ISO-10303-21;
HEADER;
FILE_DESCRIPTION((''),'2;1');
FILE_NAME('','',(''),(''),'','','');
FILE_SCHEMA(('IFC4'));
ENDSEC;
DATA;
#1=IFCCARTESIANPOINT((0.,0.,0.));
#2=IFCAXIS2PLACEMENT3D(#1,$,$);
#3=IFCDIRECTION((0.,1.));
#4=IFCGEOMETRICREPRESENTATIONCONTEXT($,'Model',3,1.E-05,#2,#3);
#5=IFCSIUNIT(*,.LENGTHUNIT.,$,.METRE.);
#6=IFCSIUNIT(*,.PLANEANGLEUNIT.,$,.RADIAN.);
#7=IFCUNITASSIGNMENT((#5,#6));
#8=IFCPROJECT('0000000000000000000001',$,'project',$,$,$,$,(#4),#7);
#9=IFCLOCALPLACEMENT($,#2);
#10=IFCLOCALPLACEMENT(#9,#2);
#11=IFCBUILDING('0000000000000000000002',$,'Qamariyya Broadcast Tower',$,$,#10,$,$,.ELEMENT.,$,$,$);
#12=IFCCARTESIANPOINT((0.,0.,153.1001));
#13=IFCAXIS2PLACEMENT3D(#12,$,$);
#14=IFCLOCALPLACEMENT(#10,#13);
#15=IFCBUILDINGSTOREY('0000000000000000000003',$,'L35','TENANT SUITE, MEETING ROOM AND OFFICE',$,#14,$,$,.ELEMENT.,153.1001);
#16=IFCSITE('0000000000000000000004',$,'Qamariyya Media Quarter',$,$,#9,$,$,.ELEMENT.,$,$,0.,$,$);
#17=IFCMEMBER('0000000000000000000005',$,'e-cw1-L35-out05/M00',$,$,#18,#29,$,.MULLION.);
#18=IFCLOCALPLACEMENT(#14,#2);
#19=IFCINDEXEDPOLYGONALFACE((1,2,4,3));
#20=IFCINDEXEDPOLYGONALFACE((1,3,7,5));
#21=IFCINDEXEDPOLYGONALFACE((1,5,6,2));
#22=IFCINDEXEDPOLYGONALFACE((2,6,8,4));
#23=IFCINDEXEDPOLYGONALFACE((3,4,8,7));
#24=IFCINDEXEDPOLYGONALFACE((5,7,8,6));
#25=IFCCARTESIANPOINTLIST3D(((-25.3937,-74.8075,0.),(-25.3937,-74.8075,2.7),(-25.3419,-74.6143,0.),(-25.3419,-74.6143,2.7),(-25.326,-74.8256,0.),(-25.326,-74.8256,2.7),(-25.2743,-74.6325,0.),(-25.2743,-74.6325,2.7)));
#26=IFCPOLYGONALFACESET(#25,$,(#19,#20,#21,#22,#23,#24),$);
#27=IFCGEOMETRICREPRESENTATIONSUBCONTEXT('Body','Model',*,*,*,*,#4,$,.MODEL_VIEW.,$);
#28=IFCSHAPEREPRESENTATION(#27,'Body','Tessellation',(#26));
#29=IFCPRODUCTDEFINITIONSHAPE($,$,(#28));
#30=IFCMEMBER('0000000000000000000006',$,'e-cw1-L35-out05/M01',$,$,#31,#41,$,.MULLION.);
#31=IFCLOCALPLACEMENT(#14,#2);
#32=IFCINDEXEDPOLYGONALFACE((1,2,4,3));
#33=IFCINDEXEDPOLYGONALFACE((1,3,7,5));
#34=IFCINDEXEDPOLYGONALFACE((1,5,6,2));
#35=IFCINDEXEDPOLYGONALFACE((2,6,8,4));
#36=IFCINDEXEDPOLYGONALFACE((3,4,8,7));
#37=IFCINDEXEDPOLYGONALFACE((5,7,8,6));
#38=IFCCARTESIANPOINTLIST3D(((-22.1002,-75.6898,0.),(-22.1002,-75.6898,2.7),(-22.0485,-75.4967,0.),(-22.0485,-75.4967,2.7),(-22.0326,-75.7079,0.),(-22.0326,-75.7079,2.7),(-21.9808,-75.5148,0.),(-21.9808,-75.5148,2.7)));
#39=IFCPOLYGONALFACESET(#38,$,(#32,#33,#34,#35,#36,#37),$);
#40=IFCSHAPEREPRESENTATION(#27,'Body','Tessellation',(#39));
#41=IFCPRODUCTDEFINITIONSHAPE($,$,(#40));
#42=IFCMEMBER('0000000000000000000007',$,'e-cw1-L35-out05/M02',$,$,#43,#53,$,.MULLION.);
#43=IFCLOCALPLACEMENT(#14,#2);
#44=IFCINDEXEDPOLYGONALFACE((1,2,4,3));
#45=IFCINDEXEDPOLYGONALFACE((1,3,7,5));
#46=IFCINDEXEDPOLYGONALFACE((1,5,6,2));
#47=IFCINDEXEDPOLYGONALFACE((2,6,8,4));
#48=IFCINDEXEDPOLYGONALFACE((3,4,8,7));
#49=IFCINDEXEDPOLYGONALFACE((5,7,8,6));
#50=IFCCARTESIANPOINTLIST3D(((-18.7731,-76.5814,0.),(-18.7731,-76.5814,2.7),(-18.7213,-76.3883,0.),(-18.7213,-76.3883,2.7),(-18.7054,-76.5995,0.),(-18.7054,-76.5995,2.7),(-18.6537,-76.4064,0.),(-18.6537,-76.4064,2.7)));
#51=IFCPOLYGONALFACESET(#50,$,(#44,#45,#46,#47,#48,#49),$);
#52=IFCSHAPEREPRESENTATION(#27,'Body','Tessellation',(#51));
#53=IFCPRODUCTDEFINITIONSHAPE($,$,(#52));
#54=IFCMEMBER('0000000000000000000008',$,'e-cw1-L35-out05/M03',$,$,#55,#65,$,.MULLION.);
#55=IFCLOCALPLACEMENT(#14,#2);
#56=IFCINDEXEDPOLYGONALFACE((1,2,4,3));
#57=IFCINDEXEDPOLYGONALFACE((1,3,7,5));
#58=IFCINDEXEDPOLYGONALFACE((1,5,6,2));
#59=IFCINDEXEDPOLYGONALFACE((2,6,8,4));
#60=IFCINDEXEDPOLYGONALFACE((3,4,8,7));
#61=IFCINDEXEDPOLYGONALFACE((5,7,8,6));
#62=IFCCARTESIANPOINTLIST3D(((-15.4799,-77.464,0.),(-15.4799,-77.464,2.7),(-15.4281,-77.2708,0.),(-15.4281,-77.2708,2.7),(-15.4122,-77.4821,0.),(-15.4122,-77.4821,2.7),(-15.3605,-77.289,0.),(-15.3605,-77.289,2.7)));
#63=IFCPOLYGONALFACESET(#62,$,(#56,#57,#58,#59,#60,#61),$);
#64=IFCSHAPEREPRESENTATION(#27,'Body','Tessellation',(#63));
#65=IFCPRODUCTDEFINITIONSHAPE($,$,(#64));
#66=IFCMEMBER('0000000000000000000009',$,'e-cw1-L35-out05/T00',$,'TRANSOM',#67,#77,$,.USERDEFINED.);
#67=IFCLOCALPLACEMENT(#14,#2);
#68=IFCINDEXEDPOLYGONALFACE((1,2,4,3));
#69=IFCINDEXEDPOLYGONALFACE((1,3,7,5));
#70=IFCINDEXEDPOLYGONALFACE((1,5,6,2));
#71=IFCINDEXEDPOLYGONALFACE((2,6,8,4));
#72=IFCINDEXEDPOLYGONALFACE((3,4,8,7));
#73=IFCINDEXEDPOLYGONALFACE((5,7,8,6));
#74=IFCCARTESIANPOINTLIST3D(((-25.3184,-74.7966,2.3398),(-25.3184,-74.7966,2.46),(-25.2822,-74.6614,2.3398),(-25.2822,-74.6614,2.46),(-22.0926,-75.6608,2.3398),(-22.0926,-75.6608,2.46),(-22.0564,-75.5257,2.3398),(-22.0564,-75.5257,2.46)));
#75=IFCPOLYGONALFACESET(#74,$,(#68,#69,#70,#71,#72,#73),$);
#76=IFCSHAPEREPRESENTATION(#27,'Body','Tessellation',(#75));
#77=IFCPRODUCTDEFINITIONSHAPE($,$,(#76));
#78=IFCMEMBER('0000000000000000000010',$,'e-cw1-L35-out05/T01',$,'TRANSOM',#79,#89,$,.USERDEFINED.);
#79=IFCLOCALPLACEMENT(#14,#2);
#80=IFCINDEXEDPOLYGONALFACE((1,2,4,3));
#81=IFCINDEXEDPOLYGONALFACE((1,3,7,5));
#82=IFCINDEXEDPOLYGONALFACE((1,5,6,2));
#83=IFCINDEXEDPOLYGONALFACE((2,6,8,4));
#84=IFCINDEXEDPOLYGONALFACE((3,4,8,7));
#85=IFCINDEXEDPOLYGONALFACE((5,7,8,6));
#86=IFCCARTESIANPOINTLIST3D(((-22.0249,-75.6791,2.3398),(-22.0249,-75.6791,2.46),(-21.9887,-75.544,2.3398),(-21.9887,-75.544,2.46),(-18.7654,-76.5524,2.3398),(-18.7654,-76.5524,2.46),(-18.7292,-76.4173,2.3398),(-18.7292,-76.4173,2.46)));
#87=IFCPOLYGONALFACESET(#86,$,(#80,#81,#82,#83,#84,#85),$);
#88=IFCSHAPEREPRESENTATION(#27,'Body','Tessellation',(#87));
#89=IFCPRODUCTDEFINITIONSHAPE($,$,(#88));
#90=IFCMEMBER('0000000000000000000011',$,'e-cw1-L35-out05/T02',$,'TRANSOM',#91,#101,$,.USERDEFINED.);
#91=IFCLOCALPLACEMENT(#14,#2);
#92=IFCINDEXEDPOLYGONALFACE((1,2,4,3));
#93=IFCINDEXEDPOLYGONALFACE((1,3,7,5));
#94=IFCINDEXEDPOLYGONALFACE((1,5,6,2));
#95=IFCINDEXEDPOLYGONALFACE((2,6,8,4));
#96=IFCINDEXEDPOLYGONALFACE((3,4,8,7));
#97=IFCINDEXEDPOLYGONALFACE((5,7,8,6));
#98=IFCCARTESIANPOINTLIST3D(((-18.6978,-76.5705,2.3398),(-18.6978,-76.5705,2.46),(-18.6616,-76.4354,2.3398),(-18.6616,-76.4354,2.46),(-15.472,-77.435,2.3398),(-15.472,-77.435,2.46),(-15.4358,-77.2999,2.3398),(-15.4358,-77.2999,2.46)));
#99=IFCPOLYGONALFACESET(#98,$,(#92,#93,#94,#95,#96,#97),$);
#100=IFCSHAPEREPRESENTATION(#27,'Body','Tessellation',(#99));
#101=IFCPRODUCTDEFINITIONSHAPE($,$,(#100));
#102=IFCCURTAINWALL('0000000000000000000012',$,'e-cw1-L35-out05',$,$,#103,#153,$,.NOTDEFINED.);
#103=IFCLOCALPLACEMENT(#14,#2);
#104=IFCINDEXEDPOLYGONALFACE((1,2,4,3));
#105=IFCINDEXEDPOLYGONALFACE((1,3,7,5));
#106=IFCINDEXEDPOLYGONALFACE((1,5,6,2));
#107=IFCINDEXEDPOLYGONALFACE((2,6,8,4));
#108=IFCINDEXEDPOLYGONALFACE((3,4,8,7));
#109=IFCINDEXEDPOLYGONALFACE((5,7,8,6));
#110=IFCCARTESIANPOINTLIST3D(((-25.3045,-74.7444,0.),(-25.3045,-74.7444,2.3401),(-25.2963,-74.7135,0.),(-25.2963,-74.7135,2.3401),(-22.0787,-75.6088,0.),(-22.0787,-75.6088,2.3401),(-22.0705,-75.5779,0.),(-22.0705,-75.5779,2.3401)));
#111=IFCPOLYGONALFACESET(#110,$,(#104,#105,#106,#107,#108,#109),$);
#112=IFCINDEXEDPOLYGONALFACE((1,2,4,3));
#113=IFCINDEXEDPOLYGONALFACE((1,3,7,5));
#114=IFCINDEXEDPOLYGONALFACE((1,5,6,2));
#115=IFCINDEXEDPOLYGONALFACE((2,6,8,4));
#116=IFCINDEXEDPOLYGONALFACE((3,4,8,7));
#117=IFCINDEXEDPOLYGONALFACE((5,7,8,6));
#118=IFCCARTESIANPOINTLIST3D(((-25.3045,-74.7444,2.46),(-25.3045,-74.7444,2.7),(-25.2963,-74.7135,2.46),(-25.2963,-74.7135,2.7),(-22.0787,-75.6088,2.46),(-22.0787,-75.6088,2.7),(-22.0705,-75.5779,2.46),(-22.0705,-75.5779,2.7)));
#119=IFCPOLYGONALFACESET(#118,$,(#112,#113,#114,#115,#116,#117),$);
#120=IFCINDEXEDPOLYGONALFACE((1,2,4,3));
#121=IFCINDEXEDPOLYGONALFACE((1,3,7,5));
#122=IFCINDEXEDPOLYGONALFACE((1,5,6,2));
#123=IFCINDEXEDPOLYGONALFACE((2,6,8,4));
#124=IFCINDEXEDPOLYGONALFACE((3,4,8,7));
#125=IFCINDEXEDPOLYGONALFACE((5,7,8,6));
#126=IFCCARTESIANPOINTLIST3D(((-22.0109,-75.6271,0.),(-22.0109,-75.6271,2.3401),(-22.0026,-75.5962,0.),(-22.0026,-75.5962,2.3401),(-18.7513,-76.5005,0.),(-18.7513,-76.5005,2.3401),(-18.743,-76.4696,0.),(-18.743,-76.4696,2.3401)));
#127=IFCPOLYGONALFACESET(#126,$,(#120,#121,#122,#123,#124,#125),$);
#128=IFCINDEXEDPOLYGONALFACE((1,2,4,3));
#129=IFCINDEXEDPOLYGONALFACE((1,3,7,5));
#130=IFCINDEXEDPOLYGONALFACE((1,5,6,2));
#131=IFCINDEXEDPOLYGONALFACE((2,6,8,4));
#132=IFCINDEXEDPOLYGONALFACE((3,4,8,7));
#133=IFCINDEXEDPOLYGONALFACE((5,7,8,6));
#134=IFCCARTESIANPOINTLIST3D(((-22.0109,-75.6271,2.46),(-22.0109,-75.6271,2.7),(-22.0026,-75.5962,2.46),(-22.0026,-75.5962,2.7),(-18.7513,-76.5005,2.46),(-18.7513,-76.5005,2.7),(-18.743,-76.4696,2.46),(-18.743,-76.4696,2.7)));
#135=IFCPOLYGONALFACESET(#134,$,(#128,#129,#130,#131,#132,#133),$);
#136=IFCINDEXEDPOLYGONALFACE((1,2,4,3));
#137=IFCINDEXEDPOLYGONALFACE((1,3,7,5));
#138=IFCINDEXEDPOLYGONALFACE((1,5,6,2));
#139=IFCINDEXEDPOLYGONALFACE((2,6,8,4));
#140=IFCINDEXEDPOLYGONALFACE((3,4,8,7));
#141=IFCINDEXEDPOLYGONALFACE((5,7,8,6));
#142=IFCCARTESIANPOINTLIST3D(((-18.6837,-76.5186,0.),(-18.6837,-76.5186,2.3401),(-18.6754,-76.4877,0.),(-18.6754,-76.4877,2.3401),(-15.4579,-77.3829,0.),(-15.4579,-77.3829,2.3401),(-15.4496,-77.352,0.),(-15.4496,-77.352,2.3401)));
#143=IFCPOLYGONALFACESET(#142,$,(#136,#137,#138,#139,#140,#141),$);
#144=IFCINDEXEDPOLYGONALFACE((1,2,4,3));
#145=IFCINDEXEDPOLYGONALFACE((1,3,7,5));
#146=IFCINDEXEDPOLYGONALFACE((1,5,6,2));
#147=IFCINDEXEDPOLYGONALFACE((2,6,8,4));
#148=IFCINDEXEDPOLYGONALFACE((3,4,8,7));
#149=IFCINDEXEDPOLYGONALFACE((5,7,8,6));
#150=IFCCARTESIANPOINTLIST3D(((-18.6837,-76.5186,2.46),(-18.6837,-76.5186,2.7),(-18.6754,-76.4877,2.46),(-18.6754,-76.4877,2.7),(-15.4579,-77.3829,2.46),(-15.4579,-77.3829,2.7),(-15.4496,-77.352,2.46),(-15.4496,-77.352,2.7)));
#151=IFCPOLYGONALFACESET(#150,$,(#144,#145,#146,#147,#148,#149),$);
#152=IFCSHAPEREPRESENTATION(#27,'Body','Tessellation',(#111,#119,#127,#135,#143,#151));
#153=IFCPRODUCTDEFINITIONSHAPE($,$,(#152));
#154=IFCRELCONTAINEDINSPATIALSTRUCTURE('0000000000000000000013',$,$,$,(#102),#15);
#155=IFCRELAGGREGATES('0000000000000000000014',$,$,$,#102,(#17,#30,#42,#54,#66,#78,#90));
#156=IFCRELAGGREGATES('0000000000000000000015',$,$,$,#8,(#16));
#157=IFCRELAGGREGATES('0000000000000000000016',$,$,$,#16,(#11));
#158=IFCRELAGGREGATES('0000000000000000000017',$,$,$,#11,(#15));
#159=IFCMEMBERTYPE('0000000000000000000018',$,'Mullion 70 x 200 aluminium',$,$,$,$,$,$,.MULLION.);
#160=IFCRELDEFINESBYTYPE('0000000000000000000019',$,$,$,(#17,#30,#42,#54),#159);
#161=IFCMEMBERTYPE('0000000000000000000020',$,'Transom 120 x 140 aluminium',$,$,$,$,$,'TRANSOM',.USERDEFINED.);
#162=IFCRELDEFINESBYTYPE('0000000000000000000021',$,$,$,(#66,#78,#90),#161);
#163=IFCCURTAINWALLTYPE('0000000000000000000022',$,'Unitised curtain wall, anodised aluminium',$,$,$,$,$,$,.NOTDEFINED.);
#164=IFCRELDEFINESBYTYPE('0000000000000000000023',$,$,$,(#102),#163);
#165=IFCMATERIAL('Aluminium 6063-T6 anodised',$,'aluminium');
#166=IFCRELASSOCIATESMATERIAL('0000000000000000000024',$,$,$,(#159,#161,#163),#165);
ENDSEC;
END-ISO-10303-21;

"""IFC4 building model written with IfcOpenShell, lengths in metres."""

from ifc_helpers import new_model, si_unit, direction, frame, origin, origin_2d, place, context, subcontext, project, spatial, rectangle, extrude, material, material_profile, profile_set, type_object, element, aggregate, save


model = new_model("IFC4")

# Units and contexts
model_context = context("Model", 3, precision=1e-05, world=origin(), true_north=direction((0.0, 1.0)))
body_context = subcontext(model_context, "Body", "Model", "MODEL_VIEW")
ifc_project = project(units=[si_unit("LENGTHUNIT", "METRE"), si_unit("PLANEANGLEUNIT", "RADIAN")], contexts=[model_context])

# Members
ifc_material = material(Name="Aluminium 6063-T6 anodised", Category="aluminium")
ifc_material_profile_1 = material_profile(ifc_material, rectangle(XDim=0.2, YDim=0.0701, at=origin_2d()))
ifc_profile_set_1 = profile_set([ifc_material_profile_1], Name="Aluminium 6063-T6 anodised")
member_type_1 = type_object("IfcMemberType", Name="Mullion 70 x 200 aluminium", PredefinedType="MULLION", material=ifc_profile_set_1)
site_placement = place(None, origin())
building_placement = place(site_placement, origin())
storey_placement = place(building_placement, frame((0.0, 0.0, 153.1001)))
member_1_placement = place(storey_placement, frame((-25.334, -74.72, 0.0), z_axis=(0.0, 0.0, 1.0), x_axis=(0.258819, 0.965926, 0.0)))
member_1 = element("IfcMember", 1, at=member_1_placement, type_object=member_type_1, Name="e-cw1-L35-out05/M00", PredefinedType="MULLION", context=body_context, shape_type="SweptSolid", body=[
    extrude(rectangle(XDim=0.2, YDim=0.0701, at=origin_2d()), origin(), (0.0, 0.0, 1.0), 2.7),
])
member_2_placement = place(storey_placement, frame((-22.0405, -75.6023, 0.0), z_axis=(0.0, 0.0, 1.0), x_axis=(0.258819, 0.965926, 0.0)))
member_2 = element("IfcMember", 2, at=member_2_placement, type_object=member_type_1, Name="e-cw1-L35-out05/M01", PredefinedType="MULLION", context=body_context, shape_type="SweptSolid", body=[
    extrude(rectangle(XDim=0.2, YDim=0.0701, at=origin_2d()), origin(), (0.0, 0.0, 1.0), 2.7),
])
member_3_placement = place(storey_placement, frame((-18.7134, -76.4939, 0.0), z_axis=(0.0, 0.0, 1.0), x_axis=(0.258819, 0.965926, 0.0)))
member_3 = element("IfcMember", 3, at=member_3_placement, type_object=member_type_1, Name="e-cw1-L35-out05/M02", PredefinedType="MULLION", context=body_context, shape_type="SweptSolid", body=[
    extrude(rectangle(XDim=0.2, YDim=0.0701, at=origin_2d()), origin(), (0.0, 0.0, 1.0), 2.7),
])
member_4_placement = place(storey_placement, frame((-15.4202, -77.3765, 0.0), z_axis=(0.0, 0.0, 1.0), x_axis=(0.258819, 0.965926, 0.0)))
member_4 = element("IfcMember", 4, at=member_4_placement, type_object=member_type_1, Name="e-cw1-L35-out05/M03", PredefinedType="MULLION", context=body_context, shape_type="SweptSolid", body=[
    extrude(rectangle(XDim=0.2, YDim=0.0701, at=origin_2d()), origin(), (0.0, 0.0, 1.0), 2.7),
])
ifc_material_profile_2 = material_profile(ifc_material, rectangle(XDim=0.1399, YDim=0.1201, at=origin_2d()))
ifc_profile_set_2 = profile_set([ifc_material_profile_2], Name="Aluminium 6063-T6 anodised")
member_type_2 = type_object("IfcMemberType", Name="Transom 120 x 140 aluminium", ElementType="TRANSOM", PredefinedType="USERDEFINED", material=ifc_profile_set_2)
member_5_placement = place(storey_placement, frame((-25.3003, -74.729, 2.3999), z_axis=(0.965933, -0.258791, 0.0), x_axis=(0.258791, 0.965933, 0.0)))
member_5 = element("IfcMember", 5, at=member_5_placement, type_object=member_type_2, Name="e-cw1-L35-out05/T00", ObjectType="TRANSOM", PredefinedType="USERDEFINED", context=body_context, shape_type="SweptSolid", body=[
    extrude(rectangle(XDim=0.1399, YDim=0.1201, at=origin_2d()), origin(), (0.0, 0.0, 1.0), 3.3396),
])
member_6_placement = place(storey_placement, frame((-22.0068, -75.6116, 2.3999), z_axis=(0.965933, -0.258793, 0.0), x_axis=(0.258793, 0.965933, 0.0)))
member_6 = element("IfcMember", 6, at=member_6_placement, type_object=member_type_2, Name="e-cw1-L35-out05/T01", ObjectType="TRANSOM", PredefinedType="USERDEFINED", context=body_context, shape_type="SweptSolid", body=[
    extrude(rectangle(XDim=0.1399, YDim=0.1201, at=origin_2d()), origin(), (0.0, 0.0, 1.0), 3.3745),
])
member_7_placement = place(storey_placement, frame((-18.6797, -76.5029, 2.3999), z_axis=(0.965915, -0.258859, 0.0), x_axis=(0.258859, 0.965915, 0.0)))
member_7 = element("IfcMember", 7, at=member_7_placement, type_object=member_type_2, Name="e-cw1-L35-out05/T02", ObjectType="TRANSOM", PredefinedType="USERDEFINED", context=body_context, shape_type="SweptSolid", body=[
    extrude(rectangle(XDim=0.1399, YDim=0.1201, at=origin_2d()), origin(), (0.0, 0.0, 1.0), 3.3396),
])

# Site, building, storey
site = spatial("IfcSite", under=ifc_project, at=site_placement, Name="Qamariyya Media Quarter", CompositionType="ELEMENT", RefElevation=0.0)
building = spatial("IfcBuilding", under=site, at=building_placement, Name="Qamariyya Broadcast Tower", CompositionType="ELEMENT")
storey = spatial("IfcBuildingStorey", under=building, at=storey_placement, Name="L35", Description="TENANT SUITE, MEETING ROOM AND OFFICE", CompositionType="ELEMENT", Elevation=153.1001)

# Curtain wall
curtain_wall_type = type_object("IfcCurtainWallType", Name="Unitised curtain wall, anodised aluminium", PredefinedType="NOTDEFINED", material=ifc_material)
curtain_wall_1_placement = place(storey_placement, origin())
curtain_wall_1 = element("IfcCurtainWall", 8, at=curtain_wall_1_placement, inside=storey, type_object=curtain_wall_type, Name="e-cw1-L35-out05", PredefinedType="NOTDEFINED", context=body_context, shape_type="SweptSolid", body=[
    extrude(rectangle(XDim=3.3396, YDim=0.032, at=origin_2d()), frame((-23.6875, -75.1611, 0.0), x_axis=(0.965926, -0.258817, 0.0)), (0.0, 0.0, 1.0), 2.3401),
    extrude(rectangle(XDim=3.3396, YDim=0.032, at=origin_2d()), frame((-23.6875, -75.1611, 2.46), x_axis=(0.965926, -0.258817, 0.0)), (0.0, 0.0, 1.0), 0.24),
    extrude(rectangle(XDim=3.3745, YDim=0.032, at=origin_2d()), frame((-20.377, -76.0483, 0.0), x_axis=(0.965926, -0.258817, 0.0)), (0.0, 0.0, 1.0), 2.3401),
    extrude(rectangle(XDim=3.3745, YDim=0.032, at=origin_2d()), frame((-20.377, -76.0483, 2.46), x_axis=(0.965926, -0.258817, 0.0)), (0.0, 0.0, 1.0), 0.24),
    extrude(rectangle(XDim=3.3396, YDim=0.032, at=origin_2d()), frame((-17.0667, -76.9353, 0.0), x_axis=(0.965926, -0.258817, 0.0)), (0.0, 0.0, 1.0), 2.3401),
    extrude(rectangle(XDim=3.3396, YDim=0.032, at=origin_2d()), frame((-17.0667, -76.9353, 2.46), x_axis=(0.965926, -0.258817, 0.0)), (0.0, 0.0, 1.0), 0.24),
])
aggregate(curtain_wall_1, [member_1, member_2, member_3, member_4, member_5, member_6, member_7])

save(model, "model.ifc")
